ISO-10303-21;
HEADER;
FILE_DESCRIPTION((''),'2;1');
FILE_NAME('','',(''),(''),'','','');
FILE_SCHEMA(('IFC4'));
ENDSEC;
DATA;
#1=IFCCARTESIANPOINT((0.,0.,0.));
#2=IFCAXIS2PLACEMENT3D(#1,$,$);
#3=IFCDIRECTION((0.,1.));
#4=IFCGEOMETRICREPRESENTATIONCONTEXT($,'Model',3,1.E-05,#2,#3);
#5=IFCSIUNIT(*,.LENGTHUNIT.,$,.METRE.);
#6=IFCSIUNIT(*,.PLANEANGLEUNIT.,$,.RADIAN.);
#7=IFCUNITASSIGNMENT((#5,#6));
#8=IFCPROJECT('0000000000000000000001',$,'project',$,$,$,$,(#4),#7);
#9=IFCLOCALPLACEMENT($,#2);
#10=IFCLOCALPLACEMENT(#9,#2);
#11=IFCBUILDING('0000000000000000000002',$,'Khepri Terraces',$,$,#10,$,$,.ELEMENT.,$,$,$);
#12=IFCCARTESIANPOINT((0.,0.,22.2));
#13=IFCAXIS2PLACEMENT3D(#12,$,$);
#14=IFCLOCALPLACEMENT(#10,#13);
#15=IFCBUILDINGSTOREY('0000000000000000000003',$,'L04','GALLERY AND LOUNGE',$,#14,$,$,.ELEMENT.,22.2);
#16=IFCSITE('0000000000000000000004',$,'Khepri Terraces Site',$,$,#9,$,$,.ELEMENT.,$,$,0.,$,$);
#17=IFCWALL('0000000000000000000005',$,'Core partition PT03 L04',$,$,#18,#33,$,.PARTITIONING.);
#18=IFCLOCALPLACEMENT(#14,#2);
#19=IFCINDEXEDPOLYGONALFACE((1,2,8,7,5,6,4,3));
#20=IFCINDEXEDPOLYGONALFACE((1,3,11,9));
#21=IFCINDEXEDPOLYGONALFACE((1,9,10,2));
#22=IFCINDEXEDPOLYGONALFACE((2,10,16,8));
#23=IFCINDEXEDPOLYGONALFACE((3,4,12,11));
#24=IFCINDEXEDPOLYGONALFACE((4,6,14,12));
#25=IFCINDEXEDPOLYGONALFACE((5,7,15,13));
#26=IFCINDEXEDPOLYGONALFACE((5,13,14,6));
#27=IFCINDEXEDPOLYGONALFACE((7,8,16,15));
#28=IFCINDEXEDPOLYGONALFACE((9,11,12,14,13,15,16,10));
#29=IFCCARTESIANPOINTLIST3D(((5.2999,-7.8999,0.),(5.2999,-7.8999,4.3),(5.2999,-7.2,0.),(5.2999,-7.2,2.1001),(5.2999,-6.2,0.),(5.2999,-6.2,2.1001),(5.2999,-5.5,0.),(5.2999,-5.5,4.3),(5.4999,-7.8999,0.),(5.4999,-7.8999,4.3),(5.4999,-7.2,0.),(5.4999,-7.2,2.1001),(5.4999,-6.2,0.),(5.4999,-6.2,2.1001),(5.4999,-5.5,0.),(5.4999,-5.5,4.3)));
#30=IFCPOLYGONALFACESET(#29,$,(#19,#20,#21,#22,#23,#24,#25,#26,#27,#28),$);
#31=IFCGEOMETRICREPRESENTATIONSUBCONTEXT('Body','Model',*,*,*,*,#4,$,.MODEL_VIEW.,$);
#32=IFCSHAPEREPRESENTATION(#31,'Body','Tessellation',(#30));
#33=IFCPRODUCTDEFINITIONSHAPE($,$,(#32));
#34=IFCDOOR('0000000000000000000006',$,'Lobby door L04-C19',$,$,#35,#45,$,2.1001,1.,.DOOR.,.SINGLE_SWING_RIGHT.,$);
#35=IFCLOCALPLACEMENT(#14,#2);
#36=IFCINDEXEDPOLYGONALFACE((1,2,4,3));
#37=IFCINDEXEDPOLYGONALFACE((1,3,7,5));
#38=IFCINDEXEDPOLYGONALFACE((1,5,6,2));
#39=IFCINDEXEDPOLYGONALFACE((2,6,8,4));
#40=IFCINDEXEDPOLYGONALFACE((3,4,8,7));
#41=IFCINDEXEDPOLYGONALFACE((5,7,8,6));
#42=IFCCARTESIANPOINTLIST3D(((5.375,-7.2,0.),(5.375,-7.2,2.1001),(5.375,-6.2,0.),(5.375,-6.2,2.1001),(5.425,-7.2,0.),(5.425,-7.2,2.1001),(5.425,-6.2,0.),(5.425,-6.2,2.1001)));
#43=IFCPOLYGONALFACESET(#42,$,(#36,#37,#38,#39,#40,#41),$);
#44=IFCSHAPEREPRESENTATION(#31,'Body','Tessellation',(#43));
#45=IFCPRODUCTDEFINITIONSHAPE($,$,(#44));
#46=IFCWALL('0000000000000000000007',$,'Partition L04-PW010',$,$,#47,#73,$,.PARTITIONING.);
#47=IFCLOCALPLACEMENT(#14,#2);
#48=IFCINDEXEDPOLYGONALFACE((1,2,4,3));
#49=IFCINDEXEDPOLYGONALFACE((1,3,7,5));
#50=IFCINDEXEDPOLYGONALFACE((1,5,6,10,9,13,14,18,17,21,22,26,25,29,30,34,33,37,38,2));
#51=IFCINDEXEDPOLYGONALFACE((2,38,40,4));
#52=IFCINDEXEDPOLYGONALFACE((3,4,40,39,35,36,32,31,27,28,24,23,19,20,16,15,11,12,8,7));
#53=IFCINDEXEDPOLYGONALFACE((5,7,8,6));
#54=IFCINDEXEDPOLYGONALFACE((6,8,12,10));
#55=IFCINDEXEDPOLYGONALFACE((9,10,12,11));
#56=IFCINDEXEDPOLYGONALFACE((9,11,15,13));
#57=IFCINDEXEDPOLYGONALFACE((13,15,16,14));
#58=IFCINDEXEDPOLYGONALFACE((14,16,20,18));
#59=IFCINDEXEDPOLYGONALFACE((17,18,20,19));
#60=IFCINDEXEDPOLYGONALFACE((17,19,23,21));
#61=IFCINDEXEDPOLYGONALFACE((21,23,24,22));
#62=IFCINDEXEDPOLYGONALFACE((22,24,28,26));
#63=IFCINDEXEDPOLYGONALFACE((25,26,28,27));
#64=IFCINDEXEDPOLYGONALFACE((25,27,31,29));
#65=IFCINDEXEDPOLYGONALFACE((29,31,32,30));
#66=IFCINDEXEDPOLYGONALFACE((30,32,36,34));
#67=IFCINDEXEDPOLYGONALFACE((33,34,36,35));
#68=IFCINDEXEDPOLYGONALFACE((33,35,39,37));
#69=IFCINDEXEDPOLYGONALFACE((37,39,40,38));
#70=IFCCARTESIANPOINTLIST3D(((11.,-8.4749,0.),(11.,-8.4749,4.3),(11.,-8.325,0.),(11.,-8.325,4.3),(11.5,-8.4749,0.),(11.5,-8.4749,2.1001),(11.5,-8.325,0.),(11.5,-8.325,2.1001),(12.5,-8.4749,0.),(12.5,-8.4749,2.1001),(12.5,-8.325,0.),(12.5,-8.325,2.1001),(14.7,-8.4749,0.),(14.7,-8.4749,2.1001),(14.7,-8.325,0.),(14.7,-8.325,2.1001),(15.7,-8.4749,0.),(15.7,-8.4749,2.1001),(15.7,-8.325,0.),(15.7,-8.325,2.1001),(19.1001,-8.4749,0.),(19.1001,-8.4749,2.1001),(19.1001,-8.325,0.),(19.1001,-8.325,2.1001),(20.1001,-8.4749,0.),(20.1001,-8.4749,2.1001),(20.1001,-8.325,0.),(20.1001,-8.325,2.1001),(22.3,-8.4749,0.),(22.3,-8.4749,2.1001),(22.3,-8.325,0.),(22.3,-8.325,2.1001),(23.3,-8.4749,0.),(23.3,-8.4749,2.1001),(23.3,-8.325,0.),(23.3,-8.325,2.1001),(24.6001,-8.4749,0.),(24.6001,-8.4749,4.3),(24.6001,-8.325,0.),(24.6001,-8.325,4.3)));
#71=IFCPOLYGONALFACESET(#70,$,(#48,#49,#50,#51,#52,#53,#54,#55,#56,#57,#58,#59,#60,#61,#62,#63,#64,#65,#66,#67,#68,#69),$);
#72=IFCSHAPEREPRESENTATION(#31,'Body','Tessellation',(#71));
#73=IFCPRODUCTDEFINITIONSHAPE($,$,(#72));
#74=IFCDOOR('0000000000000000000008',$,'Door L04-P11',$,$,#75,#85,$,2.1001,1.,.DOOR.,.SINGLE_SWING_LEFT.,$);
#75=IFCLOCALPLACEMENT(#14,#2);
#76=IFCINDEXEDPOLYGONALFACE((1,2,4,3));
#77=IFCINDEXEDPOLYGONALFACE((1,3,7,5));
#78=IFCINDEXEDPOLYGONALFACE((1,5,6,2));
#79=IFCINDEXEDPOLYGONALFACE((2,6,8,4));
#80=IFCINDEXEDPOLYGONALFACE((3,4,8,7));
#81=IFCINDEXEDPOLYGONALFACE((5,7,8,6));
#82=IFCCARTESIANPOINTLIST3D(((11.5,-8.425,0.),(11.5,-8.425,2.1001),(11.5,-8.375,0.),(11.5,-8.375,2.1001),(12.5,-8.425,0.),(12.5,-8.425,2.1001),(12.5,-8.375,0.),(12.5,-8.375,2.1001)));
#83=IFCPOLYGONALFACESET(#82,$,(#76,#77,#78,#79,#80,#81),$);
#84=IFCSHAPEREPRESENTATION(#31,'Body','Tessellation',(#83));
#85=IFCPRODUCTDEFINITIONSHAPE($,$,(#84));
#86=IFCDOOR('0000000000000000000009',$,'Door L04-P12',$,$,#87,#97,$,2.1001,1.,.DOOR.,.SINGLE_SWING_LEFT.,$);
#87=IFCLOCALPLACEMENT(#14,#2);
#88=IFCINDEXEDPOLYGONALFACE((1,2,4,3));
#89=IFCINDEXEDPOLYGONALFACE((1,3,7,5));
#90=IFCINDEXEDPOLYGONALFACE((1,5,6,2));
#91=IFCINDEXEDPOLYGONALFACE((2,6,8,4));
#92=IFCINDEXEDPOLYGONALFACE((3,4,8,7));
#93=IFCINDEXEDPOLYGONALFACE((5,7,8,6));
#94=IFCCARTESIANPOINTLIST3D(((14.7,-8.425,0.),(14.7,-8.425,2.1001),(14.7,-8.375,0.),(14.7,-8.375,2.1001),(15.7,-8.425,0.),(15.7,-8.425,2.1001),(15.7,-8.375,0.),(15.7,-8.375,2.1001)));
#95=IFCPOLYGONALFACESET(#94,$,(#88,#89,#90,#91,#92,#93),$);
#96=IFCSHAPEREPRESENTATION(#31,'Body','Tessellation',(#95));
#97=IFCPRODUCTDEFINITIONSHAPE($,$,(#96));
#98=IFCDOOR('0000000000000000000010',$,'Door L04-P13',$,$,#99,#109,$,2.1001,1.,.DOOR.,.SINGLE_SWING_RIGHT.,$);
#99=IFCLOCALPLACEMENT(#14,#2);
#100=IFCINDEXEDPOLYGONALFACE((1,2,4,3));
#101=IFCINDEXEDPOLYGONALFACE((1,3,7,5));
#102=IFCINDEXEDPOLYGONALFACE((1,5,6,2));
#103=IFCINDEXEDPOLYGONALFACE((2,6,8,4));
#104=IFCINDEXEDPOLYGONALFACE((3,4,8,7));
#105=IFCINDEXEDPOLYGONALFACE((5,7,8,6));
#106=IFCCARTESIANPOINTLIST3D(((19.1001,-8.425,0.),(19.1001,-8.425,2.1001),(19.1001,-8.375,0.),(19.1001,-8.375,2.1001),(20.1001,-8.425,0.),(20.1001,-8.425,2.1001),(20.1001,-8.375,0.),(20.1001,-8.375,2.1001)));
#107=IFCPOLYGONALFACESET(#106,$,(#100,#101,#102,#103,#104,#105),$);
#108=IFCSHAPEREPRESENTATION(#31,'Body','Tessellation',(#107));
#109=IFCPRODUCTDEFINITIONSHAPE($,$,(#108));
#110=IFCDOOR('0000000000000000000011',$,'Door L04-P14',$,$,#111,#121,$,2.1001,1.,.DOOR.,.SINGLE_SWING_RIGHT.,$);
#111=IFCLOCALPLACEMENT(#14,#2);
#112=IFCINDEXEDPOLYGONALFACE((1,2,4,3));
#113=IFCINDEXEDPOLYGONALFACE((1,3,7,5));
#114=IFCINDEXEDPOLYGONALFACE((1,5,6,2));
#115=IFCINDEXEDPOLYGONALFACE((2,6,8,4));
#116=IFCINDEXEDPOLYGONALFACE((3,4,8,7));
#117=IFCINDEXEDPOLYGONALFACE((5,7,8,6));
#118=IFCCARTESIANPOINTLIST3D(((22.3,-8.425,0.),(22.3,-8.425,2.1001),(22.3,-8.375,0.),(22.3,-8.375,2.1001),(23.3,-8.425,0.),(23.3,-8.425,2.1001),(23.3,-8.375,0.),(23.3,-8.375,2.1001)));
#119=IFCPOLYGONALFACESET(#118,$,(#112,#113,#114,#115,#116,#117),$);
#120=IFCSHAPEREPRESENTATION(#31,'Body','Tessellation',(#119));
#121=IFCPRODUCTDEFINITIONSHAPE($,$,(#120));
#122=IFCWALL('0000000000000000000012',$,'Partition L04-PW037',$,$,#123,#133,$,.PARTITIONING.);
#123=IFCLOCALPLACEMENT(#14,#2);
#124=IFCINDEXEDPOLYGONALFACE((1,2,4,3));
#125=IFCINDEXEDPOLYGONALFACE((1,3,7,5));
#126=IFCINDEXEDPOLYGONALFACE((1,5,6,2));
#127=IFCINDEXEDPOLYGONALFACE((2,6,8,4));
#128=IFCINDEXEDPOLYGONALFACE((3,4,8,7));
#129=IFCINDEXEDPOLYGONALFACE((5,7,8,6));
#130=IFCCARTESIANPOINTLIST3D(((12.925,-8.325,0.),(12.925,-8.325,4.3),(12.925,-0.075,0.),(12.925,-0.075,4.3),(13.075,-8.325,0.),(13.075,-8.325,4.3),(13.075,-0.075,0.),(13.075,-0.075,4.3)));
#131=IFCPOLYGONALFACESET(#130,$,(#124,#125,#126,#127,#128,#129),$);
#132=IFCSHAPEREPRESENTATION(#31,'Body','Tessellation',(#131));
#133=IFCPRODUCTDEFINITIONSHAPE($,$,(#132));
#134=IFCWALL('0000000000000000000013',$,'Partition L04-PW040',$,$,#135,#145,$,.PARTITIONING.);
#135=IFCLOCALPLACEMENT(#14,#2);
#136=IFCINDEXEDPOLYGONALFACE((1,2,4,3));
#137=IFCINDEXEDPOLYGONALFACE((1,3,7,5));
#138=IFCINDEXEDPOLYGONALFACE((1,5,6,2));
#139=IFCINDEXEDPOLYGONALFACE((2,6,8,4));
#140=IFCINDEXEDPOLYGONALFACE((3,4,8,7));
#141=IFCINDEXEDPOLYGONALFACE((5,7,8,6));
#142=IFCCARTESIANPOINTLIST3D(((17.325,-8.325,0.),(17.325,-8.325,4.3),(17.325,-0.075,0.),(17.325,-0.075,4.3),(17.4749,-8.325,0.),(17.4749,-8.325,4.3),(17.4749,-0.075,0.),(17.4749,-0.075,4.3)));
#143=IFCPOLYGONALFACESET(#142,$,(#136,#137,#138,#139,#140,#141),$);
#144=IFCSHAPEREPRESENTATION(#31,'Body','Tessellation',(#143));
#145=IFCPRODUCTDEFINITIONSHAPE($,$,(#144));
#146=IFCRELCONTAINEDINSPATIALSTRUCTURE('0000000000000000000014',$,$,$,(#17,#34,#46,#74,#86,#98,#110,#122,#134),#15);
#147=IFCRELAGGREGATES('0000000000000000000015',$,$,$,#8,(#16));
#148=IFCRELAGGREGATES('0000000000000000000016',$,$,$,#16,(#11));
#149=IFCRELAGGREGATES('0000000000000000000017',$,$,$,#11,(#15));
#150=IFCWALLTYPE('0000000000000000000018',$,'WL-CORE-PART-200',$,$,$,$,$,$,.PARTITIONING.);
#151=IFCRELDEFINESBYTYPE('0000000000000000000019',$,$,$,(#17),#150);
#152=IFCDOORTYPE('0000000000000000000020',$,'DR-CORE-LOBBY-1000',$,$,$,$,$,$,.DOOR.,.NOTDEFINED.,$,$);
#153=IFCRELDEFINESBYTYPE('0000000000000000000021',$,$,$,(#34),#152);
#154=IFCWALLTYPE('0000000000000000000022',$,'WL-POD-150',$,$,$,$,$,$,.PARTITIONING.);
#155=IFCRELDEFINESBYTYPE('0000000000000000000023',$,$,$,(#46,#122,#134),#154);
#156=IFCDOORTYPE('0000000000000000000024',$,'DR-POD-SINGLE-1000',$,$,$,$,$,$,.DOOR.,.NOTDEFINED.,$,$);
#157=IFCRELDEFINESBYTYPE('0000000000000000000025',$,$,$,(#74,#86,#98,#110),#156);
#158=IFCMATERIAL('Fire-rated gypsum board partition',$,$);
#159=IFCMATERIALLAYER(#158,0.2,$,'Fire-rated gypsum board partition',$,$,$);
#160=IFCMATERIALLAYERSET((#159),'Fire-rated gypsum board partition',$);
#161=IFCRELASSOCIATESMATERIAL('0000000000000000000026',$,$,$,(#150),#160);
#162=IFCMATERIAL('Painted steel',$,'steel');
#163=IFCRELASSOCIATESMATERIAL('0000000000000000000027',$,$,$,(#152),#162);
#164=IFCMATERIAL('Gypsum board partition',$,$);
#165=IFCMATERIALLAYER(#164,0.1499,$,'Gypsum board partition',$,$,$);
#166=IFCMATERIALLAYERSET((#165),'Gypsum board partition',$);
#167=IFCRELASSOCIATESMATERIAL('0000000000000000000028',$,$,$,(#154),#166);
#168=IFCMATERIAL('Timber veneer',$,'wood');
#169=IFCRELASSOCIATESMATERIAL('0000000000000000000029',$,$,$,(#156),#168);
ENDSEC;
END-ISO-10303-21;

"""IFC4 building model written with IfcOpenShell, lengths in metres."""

from ifc_helpers import new_model, si_unit, direction, frame, frame_2d, origin, place, context, subcontext, project, spatial, rectangle, extrude, material, layer, layer_set, type_object, element, fill, save


model = new_model("IFC4")

# Units and contexts
model_context = context("Model", 3, precision=1e-05, world=origin(), true_north=direction((0.0, 1.0)))
body_context = subcontext(model_context, "Body", "Model", "MODEL_VIEW")
ifc_project = project(units=[si_unit("LENGTHUNIT", "METRE"), si_unit("PLANEANGLEUNIT", "RADIAN")], contexts=[model_context])

# Site, building, storey
site_placement = place(None, origin())
site = spatial("IfcSite", under=ifc_project, at=site_placement, Name="Khepri Terraces Site", CompositionType="ELEMENT", RefElevation=0.0)
building_placement = place(site_placement, origin())
building = spatial("IfcBuilding", under=site, at=building_placement, Name="Khepri Terraces", CompositionType="ELEMENT")
storey_placement = place(building_placement, frame((0.0, 0.0, 22.2)))
storey = spatial("IfcBuildingStorey", under=building, at=storey_placement, Name="L04", Description="GALLERY AND LOUNGE", CompositionType="ELEMENT", Elevation=22.2)

# Shared definitions
ifc_material_1 = material(Name="Fire-rated gypsum board partition")
ifc_material_2 = material(Name="Painted steel", Category="steel")
ifc_material_3 = material(Name="Timber veneer", Category="wood")

# Wall, opening, door
ifc_layer_1 = layer(ifc_material_1, 0.2, Name="Fire-rated gypsum board partition")
ifc_layer_set_1 = layer_set([ifc_layer_1], Name="Fire-rated gypsum board partition")
wall_type_1 = type_object("IfcWallType", Name="WL-CORE-PART-200", PredefinedType="PARTITIONING", material=ifc_layer_set_1)
wall_1_placement = place(storey_placement, frame((5.3999, -7.8999, 0.0), z_axis=(0.0, 0.0, 1.0), x_axis=(0.0, 1.0, 0.0)))
wall_1 = element("IfcWall", 1, at=wall_1_placement, inside=storey, type_object=wall_type_1, Name="Core partition PT03 L04", PredefinedType="PARTITIONING", context=body_context, shape_type="SweptSolid", body=[
    extrude(rectangle(XDim=2.3999, YDim=0.2, at=frame_2d((1.2, 0.0))), origin(), (0.0, 0.0, 1.0), 4.3),
])
opening_1_placement = place(wall_1_placement, frame((0.7, 0.0, 0.0)))
opening_1 = element("IfcOpeningElement", 2, at=opening_1_placement, cuts=wall_1, PredefinedType="OPENING", context=body_context, shape_type="SweptSolid", body=[
    extrude(rectangle(XDim=1.0, YDim=2.1001, at=frame_2d((0.5, 1.05))), frame((0.0, 0.1099, 0.0), z_axis=(0.0, -1.0, 0.0), x_axis=(1.0, 0.0, 0.0)), (0.0, 0.0, 1.0), 0.22),
])
door_type_1 = type_object("IfcDoorType", Name="DR-CORE-LOBBY-1000", OperationType="NOTDEFINED", PredefinedType="DOOR", material=ifc_material_2)
door_1_placement = place(opening_1_placement, origin())
door_1 = element("IfcDoor", 3, at=door_1_placement, inside=storey, type_object=door_type_1, Name="Lobby door L04-C19", OperationType="SINGLE_SWING_RIGHT", OverallHeight=2.1001, OverallWidth=1.0, PredefinedType="DOOR", context=body_context, shape_type="SweptSolid", body=[
    extrude(rectangle(XDim=1.0, YDim=2.1001, at=frame_2d((0.5, 1.05))), frame((0.0, 0.0249, 0.0), z_axis=(0.0, -1.0, 0.0), x_axis=(1.0, 0.0, 0.0)), (0.0, 0.0, 1.0), 0.05),
])
fill(opening_1, door_1)

# Wall, openings, doors
ifc_material_4 = material(Name="Gypsum board partition")
ifc_layer_2 = layer(ifc_material_4, 0.1499, Name="Gypsum board partition")
ifc_layer_set_2 = layer_set([ifc_layer_2], Name="Gypsum board partition")
wall_type_2 = type_object("IfcWallType", Name="WL-POD-150", PredefinedType="PARTITIONING", material=ifc_layer_set_2)
wall_2_placement = place(storey_placement, frame((11.0, -8.3999, 0.0), z_axis=(0.0, 0.0, 1.0), x_axis=(1.0, 0.0, 0.0)))
wall_2 = element("IfcWall", 4, at=wall_2_placement, inside=storey, type_object=wall_type_2, Name="Partition L04-PW010", PredefinedType="PARTITIONING", context=body_context, shape_type="SweptSolid", body=[
    extrude(rectangle(XDim=13.6001, YDim=0.1499, at=frame_2d((6.8, 0.0))), origin(), (0.0, 0.0, 1.0), 4.3),
])
opening_2_placement = place(wall_2_placement, frame((0.5, 0.0, 0.0)))
opening_2 = element("IfcOpeningElement", 5, at=opening_2_placement, cuts=wall_2, PredefinedType="OPENING", context=body_context, shape_type="SweptSolid", body=[
    extrude(rectangle(XDim=1.0, YDim=2.1001, at=frame_2d((0.5, 1.05))), frame((0.0, 0.085, 0.0), z_axis=(0.0, -1.0, 0.0), x_axis=(1.0, 0.0, 0.0)), (0.0, 0.0, 1.0), 0.1699),
])
opening_3_placement = place(wall_2_placement, frame((3.7, 0.0, 0.0)))
opening_3 = element("IfcOpeningElement", 6, at=opening_3_placement, cuts=wall_2, PredefinedType="OPENING", context=body_context, shape_type="SweptSolid", body=[
    extrude(rectangle(XDim=1.0, YDim=2.1001, at=frame_2d((0.5, 1.05))), frame((0.0, 0.085, 0.0), z_axis=(0.0, -1.0, 0.0), x_axis=(1.0, 0.0, 0.0)), (0.0, 0.0, 1.0), 0.1699),
])
opening_4_placement = place(wall_2_placement, frame((8.1001, 0.0, 0.0)))
opening_4 = element("IfcOpeningElement", 7, at=opening_4_placement, cuts=wall_2, PredefinedType="OPENING", context=body_context, shape_type="SweptSolid", body=[
    extrude(rectangle(XDim=1.0, YDim=2.1001, at=frame_2d((0.5, 1.05))), frame((0.0, 0.085, 0.0), z_axis=(0.0, -1.0, 0.0), x_axis=(1.0, 0.0, 0.0)), (0.0, 0.0, 1.0), 0.1699),
])
opening_5_placement = place(wall_2_placement, frame((11.3, 0.0, 0.0)))
opening_5 = element("IfcOpeningElement", 8, at=opening_5_placement, cuts=wall_2, PredefinedType="OPENING", context=body_context, shape_type="SweptSolid", body=[
    extrude(rectangle(XDim=1.0, YDim=2.1001, at=frame_2d((0.5, 1.05))), frame((0.0, 0.085, 0.0), z_axis=(0.0, -1.0, 0.0), x_axis=(1.0, 0.0, 0.0)), (0.0, 0.0, 1.0), 0.1699),
])
door_type_2 = type_object("IfcDoorType", Name="DR-POD-SINGLE-1000", OperationType="NOTDEFINED", PredefinedType="DOOR", material=ifc_material_3)
door_2_placement = place(opening_2_placement, origin())
door_2 = element("IfcDoor", 9, at=door_2_placement, inside=storey, type_object=door_type_2, Name="Door L04-P11", OperationType="SINGLE_SWING_LEFT", OverallHeight=2.1001, OverallWidth=1.0, PredefinedType="DOOR", context=body_context, shape_type="SweptSolid", body=[
    extrude(rectangle(XDim=1.0, YDim=2.1001, at=frame_2d((0.5, 1.05))), frame((0.0, 0.0249, 0.0), z_axis=(0.0, -1.0, 0.0), x_axis=(1.0, 0.0, 0.0)), (0.0, 0.0, 1.0), 0.05),
])
fill(opening_2, door_2)
door_3_placement = place(opening_3_placement, origin())
door_3 = element("IfcDoor", 10, at=door_3_placement, inside=storey, type_object=door_type_2, Name="Door L04-P12", OperationType="SINGLE_SWING_LEFT", OverallHeight=2.1001, OverallWidth=1.0, PredefinedType="DOOR", context=body_context, shape_type="SweptSolid", body=[
    extrude(rectangle(XDim=1.0, YDim=2.1001, at=frame_2d((0.5, 1.05))), frame((0.0, 0.0249, 0.0), z_axis=(0.0, -1.0, 0.0), x_axis=(1.0, 0.0, 0.0)), (0.0, 0.0, 1.0), 0.05),
])
fill(opening_3, door_3)
door_4_placement = place(opening_4_placement, origin())
door_4 = element("IfcDoor", 11, at=door_4_placement, inside=storey, type_object=door_type_2, Name="Door L04-P13", OperationType="SINGLE_SWING_RIGHT", OverallHeight=2.1001, OverallWidth=1.0, PredefinedType="DOOR", context=body_context, shape_type="SweptSolid", body=[
    extrude(rectangle(XDim=1.0, YDim=2.1001, at=frame_2d((0.5, 1.05))), frame((0.0, 0.0249, 0.0), z_axis=(0.0, -1.0, 0.0), x_axis=(1.0, 0.0, 0.0)), (0.0, 0.0, 1.0), 0.05),
])
fill(opening_4, door_4)
door_5_placement = place(opening_5_placement, origin())
door_5 = element("IfcDoor", 12, at=door_5_placement, inside=storey, type_object=door_type_2, Name="Door L04-P14", OperationType="SINGLE_SWING_RIGHT", OverallHeight=2.1001, OverallWidth=1.0, PredefinedType="DOOR", context=body_context, shape_type="SweptSolid", body=[
    extrude(rectangle(XDim=1.0, YDim=2.1001, at=frame_2d((0.5, 1.05))), frame((0.0, 0.0249, 0.0), z_axis=(0.0, -1.0, 0.0), x_axis=(1.0, 0.0, 0.0)), (0.0, 0.0, 1.0), 0.05),
])
fill(opening_5, door_5)

# Walls
for number, where, z_axis, x_axis, name in (
    (13, (13.0, -8.325, 0.0), (0.0, 0.0, 1.0), (0.0, 1.0, 0.0), "Partition L04-PW037"),
    (14, (17.3999, -8.325, 0.0), (0.0, 0.0, 1.0), (0.0, 1.0, 0.0), "Partition L04-PW040"),
):
    element("IfcWall", number, at=place(storey_placement, frame(where, z_axis=z_axis, x_axis=x_axis)), inside=storey, type_object=wall_type_2, Name=name, PredefinedType="PARTITIONING", context=body_context, shape_type="SweptSolid", body=[
        extrude(rectangle(XDim=8.25, YDim=0.1499, at=frame_2d((4.125, 0.0))), origin(), (0.0, 0.0, 1.0), 4.3),
    ])

save(model, "model.ifc")
